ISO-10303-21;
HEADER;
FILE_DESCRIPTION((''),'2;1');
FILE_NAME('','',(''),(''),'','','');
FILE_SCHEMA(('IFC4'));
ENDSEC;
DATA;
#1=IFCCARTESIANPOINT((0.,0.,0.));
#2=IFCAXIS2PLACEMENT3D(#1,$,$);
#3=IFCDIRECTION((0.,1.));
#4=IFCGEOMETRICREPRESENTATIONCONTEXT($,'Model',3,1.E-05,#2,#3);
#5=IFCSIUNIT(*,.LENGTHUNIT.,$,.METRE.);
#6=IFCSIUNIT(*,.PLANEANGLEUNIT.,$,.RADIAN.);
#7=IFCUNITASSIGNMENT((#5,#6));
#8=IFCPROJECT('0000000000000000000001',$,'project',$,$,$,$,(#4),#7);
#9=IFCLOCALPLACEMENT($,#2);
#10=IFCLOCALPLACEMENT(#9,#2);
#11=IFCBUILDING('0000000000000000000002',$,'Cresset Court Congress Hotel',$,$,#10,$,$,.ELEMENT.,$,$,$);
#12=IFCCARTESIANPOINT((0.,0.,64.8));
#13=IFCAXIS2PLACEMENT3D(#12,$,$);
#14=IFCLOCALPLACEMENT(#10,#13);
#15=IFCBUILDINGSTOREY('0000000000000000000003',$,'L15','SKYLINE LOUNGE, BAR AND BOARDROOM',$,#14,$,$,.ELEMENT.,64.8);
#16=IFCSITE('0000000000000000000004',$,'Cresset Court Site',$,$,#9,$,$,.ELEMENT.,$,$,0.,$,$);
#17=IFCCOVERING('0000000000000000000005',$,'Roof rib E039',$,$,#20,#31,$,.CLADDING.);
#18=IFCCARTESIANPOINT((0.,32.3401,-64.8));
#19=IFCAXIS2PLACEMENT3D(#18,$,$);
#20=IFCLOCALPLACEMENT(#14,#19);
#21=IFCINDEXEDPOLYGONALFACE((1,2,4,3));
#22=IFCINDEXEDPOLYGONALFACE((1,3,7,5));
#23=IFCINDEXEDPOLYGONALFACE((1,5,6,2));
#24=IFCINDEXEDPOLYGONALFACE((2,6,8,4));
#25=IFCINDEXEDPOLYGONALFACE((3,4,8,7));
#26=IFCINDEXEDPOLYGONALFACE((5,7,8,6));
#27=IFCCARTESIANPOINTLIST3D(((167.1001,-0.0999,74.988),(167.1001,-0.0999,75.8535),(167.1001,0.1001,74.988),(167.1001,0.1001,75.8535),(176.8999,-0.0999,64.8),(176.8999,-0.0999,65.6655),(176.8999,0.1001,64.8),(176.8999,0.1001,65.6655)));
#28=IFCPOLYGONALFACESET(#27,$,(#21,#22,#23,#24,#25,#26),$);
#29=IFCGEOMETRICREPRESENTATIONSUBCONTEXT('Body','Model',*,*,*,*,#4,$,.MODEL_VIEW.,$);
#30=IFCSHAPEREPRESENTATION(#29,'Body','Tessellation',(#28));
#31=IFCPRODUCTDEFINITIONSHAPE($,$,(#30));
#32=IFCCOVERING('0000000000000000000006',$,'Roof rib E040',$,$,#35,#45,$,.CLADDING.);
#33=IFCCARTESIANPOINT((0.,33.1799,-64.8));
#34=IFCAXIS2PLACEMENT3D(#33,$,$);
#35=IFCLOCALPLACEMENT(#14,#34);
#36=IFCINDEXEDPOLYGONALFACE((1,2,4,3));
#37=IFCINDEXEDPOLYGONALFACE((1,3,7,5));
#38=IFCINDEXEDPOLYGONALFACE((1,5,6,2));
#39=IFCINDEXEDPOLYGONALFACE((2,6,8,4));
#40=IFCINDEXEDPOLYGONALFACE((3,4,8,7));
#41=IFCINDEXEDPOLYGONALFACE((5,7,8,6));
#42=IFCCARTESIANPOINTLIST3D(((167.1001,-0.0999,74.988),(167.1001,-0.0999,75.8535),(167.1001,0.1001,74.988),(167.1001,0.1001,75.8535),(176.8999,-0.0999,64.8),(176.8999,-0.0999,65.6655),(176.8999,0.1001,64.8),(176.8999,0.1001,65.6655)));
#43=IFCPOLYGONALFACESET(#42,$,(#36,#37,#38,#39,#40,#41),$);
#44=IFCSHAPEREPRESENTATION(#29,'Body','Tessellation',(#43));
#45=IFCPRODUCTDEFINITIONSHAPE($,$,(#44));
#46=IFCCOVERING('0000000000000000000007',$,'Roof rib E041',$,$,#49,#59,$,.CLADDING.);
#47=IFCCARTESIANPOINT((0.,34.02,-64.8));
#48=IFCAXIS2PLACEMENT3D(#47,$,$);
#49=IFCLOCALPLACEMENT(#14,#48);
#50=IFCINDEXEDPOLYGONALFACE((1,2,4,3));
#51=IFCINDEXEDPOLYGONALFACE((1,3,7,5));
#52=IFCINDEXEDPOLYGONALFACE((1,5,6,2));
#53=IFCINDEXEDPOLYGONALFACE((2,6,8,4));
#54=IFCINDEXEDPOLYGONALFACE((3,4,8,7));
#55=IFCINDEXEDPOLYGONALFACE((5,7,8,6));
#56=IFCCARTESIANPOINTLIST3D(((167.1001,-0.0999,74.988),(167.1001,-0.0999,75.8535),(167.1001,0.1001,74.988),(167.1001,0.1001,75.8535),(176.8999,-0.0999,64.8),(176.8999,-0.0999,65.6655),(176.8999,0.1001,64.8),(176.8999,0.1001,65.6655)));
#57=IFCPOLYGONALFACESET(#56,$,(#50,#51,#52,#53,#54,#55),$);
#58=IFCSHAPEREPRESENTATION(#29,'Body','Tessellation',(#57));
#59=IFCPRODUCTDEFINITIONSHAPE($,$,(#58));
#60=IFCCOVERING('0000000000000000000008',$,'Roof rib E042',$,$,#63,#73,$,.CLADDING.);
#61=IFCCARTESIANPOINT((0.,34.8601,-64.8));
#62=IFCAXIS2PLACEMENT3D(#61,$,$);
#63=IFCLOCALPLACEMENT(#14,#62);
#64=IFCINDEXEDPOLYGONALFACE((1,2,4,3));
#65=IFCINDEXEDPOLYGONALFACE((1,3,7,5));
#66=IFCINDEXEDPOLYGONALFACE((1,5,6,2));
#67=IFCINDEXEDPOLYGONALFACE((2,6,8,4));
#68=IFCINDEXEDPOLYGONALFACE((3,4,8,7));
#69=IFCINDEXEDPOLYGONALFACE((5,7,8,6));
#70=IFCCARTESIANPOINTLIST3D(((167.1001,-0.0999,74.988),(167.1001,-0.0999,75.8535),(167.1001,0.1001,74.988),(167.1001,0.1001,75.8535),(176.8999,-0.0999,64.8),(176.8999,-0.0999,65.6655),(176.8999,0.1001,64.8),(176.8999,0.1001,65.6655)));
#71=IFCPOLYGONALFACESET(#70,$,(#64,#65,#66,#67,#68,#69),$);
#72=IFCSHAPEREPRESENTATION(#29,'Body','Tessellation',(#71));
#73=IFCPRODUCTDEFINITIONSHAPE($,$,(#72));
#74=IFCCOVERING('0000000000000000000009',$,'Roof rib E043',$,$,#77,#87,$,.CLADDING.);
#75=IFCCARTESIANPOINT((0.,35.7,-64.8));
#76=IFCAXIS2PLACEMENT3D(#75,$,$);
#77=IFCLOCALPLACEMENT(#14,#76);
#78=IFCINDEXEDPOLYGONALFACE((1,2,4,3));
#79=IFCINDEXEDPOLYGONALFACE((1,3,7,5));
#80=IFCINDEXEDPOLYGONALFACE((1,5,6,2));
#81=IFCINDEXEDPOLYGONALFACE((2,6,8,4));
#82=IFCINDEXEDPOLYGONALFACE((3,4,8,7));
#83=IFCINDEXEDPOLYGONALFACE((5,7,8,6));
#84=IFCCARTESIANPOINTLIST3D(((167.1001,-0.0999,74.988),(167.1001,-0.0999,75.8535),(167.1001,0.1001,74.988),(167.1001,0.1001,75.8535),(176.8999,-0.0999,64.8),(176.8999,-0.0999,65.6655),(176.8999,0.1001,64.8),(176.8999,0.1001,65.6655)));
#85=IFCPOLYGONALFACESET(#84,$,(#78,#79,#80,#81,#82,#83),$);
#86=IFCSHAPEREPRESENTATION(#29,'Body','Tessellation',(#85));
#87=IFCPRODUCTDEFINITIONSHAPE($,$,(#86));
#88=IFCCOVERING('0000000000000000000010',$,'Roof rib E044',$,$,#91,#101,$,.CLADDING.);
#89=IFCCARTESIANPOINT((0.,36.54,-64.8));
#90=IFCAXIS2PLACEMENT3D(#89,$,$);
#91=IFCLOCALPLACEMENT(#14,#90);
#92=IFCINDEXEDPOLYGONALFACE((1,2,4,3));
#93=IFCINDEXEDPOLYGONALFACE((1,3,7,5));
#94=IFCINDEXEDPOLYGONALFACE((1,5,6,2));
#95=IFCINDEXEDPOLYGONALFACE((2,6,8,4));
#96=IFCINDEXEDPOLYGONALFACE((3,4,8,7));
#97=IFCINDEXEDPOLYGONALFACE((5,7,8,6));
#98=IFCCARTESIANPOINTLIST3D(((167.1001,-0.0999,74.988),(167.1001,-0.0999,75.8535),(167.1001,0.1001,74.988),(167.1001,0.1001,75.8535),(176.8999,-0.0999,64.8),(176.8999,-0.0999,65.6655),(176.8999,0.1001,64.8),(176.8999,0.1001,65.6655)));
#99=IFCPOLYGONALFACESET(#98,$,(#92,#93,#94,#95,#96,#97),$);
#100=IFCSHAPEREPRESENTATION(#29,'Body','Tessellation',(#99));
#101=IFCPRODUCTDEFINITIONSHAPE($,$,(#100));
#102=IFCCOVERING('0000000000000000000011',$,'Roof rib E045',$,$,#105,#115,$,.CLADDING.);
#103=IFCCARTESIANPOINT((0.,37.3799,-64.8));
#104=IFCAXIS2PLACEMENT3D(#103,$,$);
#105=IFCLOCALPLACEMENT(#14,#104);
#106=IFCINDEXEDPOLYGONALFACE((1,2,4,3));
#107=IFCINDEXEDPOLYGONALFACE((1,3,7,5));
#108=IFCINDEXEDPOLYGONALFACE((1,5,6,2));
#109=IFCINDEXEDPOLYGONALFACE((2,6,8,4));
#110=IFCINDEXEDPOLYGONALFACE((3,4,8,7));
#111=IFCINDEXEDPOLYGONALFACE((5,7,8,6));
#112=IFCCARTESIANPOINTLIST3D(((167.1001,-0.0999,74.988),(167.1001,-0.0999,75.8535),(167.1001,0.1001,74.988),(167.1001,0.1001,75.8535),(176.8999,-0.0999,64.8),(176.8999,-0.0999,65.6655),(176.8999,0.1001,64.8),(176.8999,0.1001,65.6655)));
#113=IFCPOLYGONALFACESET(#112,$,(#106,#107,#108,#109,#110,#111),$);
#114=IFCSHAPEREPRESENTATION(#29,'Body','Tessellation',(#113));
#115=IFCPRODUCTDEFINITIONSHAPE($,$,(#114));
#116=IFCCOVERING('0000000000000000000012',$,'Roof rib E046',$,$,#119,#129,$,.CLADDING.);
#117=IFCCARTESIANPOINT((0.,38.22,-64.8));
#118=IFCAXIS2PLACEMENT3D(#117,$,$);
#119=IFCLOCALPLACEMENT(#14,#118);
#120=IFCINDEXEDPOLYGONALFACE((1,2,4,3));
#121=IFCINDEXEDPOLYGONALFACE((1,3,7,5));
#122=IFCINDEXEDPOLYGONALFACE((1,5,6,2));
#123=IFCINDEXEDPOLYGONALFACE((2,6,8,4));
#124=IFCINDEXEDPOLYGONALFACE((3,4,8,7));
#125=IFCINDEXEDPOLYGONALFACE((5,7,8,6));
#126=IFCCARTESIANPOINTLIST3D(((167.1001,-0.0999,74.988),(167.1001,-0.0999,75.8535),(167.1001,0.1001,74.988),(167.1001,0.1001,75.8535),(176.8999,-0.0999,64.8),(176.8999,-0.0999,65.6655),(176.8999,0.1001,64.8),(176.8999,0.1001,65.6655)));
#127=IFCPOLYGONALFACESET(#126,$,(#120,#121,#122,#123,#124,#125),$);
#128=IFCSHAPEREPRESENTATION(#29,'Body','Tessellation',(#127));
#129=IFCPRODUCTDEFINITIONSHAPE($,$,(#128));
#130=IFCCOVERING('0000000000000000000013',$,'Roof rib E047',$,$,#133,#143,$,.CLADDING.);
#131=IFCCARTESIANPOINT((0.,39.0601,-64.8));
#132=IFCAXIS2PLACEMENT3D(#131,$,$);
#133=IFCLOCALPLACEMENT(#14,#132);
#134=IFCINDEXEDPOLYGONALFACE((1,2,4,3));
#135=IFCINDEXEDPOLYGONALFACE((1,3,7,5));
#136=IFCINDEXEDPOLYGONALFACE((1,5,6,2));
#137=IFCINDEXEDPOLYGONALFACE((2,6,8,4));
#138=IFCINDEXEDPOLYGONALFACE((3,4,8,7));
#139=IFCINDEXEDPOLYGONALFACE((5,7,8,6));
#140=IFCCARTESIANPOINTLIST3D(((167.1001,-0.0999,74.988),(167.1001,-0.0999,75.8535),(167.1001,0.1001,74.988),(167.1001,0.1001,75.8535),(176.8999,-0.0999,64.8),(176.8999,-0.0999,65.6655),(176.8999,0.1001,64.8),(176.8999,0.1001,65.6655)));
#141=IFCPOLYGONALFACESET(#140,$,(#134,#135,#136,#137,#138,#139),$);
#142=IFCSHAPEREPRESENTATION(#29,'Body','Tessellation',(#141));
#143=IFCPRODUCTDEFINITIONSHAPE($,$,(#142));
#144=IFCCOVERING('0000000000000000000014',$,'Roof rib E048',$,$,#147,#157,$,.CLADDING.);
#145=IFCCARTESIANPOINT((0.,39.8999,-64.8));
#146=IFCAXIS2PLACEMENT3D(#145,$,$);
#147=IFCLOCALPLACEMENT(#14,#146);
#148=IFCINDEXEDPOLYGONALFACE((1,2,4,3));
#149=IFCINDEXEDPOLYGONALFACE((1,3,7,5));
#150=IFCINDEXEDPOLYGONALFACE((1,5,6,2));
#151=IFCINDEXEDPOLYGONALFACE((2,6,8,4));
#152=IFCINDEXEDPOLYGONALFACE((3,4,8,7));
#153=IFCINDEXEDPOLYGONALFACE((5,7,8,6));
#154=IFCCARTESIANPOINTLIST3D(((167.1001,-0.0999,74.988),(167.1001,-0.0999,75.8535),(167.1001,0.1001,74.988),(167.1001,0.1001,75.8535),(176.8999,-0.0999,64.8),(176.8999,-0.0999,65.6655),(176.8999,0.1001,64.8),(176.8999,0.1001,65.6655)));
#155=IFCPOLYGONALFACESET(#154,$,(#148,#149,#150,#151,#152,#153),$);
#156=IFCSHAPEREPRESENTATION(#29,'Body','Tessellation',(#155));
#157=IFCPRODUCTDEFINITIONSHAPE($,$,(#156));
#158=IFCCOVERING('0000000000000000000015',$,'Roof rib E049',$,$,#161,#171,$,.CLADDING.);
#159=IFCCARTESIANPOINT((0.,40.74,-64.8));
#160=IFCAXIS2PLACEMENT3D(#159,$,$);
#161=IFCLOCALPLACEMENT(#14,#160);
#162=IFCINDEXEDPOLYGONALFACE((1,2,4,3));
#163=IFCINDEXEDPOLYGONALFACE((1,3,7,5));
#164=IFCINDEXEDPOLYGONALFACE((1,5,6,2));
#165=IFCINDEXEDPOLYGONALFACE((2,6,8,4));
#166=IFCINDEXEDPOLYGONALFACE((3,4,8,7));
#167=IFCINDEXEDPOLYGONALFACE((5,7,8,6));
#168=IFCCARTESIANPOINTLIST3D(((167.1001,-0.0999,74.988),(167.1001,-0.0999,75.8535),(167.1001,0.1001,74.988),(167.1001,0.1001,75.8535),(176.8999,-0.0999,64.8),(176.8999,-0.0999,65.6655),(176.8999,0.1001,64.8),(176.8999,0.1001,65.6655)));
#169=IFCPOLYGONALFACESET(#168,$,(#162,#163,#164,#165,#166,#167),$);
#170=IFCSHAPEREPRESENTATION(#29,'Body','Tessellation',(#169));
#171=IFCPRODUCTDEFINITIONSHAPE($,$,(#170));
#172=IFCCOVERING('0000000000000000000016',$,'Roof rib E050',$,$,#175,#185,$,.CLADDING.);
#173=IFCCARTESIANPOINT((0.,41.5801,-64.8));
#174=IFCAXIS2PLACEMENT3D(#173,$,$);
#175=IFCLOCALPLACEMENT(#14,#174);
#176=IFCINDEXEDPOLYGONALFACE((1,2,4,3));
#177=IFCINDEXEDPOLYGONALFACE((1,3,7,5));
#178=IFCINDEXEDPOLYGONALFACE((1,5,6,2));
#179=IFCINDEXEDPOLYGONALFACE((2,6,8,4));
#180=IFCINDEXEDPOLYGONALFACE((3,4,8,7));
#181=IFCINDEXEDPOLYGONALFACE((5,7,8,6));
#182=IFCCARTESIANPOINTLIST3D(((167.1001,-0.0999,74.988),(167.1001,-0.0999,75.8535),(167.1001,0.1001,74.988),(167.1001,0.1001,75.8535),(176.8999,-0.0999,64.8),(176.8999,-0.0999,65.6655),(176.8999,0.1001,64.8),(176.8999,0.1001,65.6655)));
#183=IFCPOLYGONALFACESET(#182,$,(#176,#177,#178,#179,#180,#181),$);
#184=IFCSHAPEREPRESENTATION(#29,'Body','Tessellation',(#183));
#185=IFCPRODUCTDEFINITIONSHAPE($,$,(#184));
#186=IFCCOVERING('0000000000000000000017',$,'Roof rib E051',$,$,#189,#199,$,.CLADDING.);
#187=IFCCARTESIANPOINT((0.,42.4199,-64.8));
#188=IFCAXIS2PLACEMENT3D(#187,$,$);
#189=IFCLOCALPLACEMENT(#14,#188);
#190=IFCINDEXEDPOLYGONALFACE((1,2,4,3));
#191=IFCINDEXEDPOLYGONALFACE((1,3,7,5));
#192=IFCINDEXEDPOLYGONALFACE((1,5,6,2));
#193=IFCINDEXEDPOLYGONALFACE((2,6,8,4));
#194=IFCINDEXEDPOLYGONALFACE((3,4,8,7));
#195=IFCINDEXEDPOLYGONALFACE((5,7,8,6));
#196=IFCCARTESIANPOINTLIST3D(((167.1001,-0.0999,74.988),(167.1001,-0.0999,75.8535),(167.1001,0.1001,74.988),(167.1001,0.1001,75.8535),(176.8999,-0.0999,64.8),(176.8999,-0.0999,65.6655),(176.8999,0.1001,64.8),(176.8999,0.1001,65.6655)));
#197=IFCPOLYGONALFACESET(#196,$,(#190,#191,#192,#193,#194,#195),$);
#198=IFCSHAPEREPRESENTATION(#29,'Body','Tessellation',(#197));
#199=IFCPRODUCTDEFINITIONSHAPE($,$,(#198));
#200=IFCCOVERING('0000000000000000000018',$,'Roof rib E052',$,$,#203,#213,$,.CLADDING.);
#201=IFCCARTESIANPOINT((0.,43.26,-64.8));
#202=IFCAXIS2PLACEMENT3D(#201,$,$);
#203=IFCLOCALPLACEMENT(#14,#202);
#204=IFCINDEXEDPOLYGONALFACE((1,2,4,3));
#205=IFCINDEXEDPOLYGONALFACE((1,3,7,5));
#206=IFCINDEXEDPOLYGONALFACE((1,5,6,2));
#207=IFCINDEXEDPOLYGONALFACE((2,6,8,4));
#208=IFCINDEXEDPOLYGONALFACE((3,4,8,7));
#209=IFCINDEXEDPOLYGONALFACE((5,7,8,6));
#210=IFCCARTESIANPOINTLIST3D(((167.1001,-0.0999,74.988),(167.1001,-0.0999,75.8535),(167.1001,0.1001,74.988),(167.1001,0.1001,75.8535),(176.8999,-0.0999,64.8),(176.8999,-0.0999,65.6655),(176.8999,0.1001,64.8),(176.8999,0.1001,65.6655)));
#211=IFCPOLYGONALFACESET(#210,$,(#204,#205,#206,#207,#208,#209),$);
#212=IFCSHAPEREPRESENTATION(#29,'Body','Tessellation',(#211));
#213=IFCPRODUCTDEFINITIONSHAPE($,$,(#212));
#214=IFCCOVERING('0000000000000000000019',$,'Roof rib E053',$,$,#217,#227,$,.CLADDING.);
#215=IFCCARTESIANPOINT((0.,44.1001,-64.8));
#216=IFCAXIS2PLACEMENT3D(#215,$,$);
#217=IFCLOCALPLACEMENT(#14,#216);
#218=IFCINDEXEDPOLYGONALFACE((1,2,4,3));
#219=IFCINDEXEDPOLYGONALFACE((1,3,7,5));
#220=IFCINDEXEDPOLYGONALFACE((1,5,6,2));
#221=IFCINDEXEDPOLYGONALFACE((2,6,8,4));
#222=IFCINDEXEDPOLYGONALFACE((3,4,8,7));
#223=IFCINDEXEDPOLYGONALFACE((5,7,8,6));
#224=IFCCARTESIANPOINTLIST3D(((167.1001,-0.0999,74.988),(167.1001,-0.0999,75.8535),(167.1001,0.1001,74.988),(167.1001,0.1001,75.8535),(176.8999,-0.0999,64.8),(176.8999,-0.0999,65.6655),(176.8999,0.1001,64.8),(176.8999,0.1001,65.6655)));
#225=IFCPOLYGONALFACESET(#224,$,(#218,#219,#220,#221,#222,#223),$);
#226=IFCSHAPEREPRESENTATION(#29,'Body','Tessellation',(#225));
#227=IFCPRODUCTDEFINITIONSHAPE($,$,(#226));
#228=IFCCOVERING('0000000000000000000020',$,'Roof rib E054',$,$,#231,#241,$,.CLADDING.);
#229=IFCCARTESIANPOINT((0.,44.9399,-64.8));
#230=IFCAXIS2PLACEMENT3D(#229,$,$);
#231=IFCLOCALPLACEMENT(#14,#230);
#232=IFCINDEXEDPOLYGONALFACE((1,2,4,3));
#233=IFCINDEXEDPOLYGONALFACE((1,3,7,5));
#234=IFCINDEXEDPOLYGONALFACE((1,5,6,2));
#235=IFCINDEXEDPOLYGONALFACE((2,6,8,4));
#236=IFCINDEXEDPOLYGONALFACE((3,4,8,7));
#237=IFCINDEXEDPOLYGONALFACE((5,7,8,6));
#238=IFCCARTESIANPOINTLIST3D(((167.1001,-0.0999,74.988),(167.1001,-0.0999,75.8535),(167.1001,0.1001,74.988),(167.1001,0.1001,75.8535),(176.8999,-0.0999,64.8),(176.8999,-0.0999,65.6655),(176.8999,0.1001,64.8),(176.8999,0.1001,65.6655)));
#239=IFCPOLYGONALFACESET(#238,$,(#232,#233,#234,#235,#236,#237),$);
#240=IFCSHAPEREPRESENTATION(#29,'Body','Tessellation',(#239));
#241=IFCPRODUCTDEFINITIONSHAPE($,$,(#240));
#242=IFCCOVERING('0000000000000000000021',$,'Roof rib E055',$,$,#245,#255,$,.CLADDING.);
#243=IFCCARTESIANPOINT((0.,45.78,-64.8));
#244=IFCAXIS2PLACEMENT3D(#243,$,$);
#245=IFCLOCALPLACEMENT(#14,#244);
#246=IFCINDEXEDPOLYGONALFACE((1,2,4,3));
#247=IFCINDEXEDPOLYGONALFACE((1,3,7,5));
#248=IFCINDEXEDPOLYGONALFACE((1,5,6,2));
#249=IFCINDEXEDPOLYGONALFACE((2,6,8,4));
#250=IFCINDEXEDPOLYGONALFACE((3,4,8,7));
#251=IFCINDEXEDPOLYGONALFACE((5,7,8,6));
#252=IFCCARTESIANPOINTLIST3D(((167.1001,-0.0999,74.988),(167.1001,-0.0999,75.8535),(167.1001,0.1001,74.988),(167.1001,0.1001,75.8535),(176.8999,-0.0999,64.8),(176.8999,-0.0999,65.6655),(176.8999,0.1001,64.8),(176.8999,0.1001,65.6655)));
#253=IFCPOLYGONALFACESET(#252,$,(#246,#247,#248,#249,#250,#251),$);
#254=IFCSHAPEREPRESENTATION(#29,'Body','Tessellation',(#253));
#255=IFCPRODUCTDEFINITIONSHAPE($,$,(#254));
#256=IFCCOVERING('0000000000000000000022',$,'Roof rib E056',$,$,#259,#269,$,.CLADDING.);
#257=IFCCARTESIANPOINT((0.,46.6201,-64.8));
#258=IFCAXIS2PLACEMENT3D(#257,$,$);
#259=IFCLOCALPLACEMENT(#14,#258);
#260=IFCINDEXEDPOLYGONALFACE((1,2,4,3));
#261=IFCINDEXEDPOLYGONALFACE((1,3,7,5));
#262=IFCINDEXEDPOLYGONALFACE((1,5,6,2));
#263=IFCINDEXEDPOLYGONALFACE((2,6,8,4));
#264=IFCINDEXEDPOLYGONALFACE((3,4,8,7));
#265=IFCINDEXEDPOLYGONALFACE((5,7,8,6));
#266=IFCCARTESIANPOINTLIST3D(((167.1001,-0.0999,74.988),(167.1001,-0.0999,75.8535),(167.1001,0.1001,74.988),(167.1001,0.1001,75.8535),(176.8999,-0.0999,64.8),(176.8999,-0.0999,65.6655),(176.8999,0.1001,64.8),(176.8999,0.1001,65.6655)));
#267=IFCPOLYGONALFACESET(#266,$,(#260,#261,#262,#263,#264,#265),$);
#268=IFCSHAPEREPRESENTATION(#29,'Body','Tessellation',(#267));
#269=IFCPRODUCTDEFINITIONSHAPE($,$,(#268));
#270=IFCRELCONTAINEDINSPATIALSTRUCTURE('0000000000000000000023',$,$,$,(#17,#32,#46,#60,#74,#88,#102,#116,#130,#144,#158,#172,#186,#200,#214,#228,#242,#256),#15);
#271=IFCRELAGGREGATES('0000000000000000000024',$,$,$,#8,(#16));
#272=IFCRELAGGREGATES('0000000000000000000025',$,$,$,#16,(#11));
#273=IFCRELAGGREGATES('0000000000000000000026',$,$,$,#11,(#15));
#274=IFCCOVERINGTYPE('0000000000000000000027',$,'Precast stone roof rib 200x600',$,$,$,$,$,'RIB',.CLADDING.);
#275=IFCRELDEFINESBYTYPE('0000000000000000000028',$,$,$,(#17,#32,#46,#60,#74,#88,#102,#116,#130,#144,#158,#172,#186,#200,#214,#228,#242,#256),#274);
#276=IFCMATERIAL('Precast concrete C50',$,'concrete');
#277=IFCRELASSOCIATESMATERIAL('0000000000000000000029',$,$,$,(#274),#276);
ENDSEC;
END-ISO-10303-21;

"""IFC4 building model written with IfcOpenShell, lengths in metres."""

from ifc_helpers import new_model, si_unit, direction, frame, origin, place, context, subcontext, project, spatial, polyline, outline, extrude, material, type_object, element, save


model = new_model("IFC4")

# Units and contexts
model_context = context("Model", 3, precision=1e-05, world=origin(), true_north=direction((0.0, 1.0)))
body_context = subcontext(model_context, "Body", "Model", "MODEL_VIEW")
ifc_project = project(units=[si_unit("LENGTHUNIT", "METRE"), si_unit("PLANEANGLEUNIT", "RADIAN")], contexts=[model_context])

# Site, building, storey
site_placement = place(None, origin())
site = spatial("IfcSite", under=ifc_project, at=site_placement, Name="Cresset Court Site", CompositionType="ELEMENT", RefElevation=0.0)
building_placement = place(site_placement, origin())
building = spatial("IfcBuilding", under=site, at=building_placement, Name="Cresset Court Congress Hotel", CompositionType="ELEMENT")
storey_placement = place(building_placement, frame((0.0, 0.0, 64.8)))
storey = spatial("IfcBuildingStorey", under=building, at=storey_placement, Name="L15", Description="SKYLINE LOUNGE, BAR AND BOARDROOM", CompositionType="ELEMENT", Elevation=64.8)

# Coverings
ifc_material = material(Name="Precast concrete C50", Category="concrete")
covering_type = type_object("IfcCoveringType", Name="Precast stone roof rib 200x600", ElementType="RIB", PredefinedType="CLADDING", material=ifc_material)
for number, where, name in (
    (1, (0.0, 32.3401, -64.8), "Roof rib E039"),
    (2, (0.0, 33.1799, -64.8), "Roof rib E040"),
    (3, (0.0, 34.02, -64.8), "Roof rib E041"),
    (4, (0.0, 34.8601, -64.8), "Roof rib E042"),
    (5, (0.0, 35.7, -64.8), "Roof rib E043"),
    (6, (0.0, 36.54, -64.8), "Roof rib E044"),
    (7, (0.0, 37.3799, -64.8), "Roof rib E045"),
    (8, (0.0, 38.22, -64.8), "Roof rib E046"),
    (9, (0.0, 39.0601, -64.8), "Roof rib E047"),
    (10, (0.0, 39.8999, -64.8), "Roof rib E048"),
    (11, (0.0, 40.74, -64.8), "Roof rib E049"),
    (12, (0.0, 41.5801, -64.8), "Roof rib E050"),
    (13, (0.0, 42.4199, -64.8), "Roof rib E051"),
    (14, (0.0, 43.26, -64.8), "Roof rib E052"),
    (15, (0.0, 44.1001, -64.8), "Roof rib E053"),
    (16, (0.0, 44.9399, -64.8), "Roof rib E054"),
    (17, (0.0, 45.78, -64.8), "Roof rib E055"),
    (18, (0.0, 46.6201, -64.8), "Roof rib E056"),
):
    element("IfcCovering", number, at=place(storey_placement, frame(where)), inside=storey, type_object=covering_type, Name=name, PredefinedType="CLADDING", context=body_context, shape_type="SweptSolid", body=[
        extrude(outline(polyline([(167.1001, 74.988), (176.8999, 64.8), (176.8999, 65.6655), (167.1001, 75.8535), (167.1001, 74.988)])), frame((0.0, 0.1001, 0.0), z_axis=(0.0, -1.0, 0.0), x_axis=(1.0, 0.0, 0.0)), (0.0, 0.0, 1.0), 0.2),
    ])

save(model, "model.ifc")
